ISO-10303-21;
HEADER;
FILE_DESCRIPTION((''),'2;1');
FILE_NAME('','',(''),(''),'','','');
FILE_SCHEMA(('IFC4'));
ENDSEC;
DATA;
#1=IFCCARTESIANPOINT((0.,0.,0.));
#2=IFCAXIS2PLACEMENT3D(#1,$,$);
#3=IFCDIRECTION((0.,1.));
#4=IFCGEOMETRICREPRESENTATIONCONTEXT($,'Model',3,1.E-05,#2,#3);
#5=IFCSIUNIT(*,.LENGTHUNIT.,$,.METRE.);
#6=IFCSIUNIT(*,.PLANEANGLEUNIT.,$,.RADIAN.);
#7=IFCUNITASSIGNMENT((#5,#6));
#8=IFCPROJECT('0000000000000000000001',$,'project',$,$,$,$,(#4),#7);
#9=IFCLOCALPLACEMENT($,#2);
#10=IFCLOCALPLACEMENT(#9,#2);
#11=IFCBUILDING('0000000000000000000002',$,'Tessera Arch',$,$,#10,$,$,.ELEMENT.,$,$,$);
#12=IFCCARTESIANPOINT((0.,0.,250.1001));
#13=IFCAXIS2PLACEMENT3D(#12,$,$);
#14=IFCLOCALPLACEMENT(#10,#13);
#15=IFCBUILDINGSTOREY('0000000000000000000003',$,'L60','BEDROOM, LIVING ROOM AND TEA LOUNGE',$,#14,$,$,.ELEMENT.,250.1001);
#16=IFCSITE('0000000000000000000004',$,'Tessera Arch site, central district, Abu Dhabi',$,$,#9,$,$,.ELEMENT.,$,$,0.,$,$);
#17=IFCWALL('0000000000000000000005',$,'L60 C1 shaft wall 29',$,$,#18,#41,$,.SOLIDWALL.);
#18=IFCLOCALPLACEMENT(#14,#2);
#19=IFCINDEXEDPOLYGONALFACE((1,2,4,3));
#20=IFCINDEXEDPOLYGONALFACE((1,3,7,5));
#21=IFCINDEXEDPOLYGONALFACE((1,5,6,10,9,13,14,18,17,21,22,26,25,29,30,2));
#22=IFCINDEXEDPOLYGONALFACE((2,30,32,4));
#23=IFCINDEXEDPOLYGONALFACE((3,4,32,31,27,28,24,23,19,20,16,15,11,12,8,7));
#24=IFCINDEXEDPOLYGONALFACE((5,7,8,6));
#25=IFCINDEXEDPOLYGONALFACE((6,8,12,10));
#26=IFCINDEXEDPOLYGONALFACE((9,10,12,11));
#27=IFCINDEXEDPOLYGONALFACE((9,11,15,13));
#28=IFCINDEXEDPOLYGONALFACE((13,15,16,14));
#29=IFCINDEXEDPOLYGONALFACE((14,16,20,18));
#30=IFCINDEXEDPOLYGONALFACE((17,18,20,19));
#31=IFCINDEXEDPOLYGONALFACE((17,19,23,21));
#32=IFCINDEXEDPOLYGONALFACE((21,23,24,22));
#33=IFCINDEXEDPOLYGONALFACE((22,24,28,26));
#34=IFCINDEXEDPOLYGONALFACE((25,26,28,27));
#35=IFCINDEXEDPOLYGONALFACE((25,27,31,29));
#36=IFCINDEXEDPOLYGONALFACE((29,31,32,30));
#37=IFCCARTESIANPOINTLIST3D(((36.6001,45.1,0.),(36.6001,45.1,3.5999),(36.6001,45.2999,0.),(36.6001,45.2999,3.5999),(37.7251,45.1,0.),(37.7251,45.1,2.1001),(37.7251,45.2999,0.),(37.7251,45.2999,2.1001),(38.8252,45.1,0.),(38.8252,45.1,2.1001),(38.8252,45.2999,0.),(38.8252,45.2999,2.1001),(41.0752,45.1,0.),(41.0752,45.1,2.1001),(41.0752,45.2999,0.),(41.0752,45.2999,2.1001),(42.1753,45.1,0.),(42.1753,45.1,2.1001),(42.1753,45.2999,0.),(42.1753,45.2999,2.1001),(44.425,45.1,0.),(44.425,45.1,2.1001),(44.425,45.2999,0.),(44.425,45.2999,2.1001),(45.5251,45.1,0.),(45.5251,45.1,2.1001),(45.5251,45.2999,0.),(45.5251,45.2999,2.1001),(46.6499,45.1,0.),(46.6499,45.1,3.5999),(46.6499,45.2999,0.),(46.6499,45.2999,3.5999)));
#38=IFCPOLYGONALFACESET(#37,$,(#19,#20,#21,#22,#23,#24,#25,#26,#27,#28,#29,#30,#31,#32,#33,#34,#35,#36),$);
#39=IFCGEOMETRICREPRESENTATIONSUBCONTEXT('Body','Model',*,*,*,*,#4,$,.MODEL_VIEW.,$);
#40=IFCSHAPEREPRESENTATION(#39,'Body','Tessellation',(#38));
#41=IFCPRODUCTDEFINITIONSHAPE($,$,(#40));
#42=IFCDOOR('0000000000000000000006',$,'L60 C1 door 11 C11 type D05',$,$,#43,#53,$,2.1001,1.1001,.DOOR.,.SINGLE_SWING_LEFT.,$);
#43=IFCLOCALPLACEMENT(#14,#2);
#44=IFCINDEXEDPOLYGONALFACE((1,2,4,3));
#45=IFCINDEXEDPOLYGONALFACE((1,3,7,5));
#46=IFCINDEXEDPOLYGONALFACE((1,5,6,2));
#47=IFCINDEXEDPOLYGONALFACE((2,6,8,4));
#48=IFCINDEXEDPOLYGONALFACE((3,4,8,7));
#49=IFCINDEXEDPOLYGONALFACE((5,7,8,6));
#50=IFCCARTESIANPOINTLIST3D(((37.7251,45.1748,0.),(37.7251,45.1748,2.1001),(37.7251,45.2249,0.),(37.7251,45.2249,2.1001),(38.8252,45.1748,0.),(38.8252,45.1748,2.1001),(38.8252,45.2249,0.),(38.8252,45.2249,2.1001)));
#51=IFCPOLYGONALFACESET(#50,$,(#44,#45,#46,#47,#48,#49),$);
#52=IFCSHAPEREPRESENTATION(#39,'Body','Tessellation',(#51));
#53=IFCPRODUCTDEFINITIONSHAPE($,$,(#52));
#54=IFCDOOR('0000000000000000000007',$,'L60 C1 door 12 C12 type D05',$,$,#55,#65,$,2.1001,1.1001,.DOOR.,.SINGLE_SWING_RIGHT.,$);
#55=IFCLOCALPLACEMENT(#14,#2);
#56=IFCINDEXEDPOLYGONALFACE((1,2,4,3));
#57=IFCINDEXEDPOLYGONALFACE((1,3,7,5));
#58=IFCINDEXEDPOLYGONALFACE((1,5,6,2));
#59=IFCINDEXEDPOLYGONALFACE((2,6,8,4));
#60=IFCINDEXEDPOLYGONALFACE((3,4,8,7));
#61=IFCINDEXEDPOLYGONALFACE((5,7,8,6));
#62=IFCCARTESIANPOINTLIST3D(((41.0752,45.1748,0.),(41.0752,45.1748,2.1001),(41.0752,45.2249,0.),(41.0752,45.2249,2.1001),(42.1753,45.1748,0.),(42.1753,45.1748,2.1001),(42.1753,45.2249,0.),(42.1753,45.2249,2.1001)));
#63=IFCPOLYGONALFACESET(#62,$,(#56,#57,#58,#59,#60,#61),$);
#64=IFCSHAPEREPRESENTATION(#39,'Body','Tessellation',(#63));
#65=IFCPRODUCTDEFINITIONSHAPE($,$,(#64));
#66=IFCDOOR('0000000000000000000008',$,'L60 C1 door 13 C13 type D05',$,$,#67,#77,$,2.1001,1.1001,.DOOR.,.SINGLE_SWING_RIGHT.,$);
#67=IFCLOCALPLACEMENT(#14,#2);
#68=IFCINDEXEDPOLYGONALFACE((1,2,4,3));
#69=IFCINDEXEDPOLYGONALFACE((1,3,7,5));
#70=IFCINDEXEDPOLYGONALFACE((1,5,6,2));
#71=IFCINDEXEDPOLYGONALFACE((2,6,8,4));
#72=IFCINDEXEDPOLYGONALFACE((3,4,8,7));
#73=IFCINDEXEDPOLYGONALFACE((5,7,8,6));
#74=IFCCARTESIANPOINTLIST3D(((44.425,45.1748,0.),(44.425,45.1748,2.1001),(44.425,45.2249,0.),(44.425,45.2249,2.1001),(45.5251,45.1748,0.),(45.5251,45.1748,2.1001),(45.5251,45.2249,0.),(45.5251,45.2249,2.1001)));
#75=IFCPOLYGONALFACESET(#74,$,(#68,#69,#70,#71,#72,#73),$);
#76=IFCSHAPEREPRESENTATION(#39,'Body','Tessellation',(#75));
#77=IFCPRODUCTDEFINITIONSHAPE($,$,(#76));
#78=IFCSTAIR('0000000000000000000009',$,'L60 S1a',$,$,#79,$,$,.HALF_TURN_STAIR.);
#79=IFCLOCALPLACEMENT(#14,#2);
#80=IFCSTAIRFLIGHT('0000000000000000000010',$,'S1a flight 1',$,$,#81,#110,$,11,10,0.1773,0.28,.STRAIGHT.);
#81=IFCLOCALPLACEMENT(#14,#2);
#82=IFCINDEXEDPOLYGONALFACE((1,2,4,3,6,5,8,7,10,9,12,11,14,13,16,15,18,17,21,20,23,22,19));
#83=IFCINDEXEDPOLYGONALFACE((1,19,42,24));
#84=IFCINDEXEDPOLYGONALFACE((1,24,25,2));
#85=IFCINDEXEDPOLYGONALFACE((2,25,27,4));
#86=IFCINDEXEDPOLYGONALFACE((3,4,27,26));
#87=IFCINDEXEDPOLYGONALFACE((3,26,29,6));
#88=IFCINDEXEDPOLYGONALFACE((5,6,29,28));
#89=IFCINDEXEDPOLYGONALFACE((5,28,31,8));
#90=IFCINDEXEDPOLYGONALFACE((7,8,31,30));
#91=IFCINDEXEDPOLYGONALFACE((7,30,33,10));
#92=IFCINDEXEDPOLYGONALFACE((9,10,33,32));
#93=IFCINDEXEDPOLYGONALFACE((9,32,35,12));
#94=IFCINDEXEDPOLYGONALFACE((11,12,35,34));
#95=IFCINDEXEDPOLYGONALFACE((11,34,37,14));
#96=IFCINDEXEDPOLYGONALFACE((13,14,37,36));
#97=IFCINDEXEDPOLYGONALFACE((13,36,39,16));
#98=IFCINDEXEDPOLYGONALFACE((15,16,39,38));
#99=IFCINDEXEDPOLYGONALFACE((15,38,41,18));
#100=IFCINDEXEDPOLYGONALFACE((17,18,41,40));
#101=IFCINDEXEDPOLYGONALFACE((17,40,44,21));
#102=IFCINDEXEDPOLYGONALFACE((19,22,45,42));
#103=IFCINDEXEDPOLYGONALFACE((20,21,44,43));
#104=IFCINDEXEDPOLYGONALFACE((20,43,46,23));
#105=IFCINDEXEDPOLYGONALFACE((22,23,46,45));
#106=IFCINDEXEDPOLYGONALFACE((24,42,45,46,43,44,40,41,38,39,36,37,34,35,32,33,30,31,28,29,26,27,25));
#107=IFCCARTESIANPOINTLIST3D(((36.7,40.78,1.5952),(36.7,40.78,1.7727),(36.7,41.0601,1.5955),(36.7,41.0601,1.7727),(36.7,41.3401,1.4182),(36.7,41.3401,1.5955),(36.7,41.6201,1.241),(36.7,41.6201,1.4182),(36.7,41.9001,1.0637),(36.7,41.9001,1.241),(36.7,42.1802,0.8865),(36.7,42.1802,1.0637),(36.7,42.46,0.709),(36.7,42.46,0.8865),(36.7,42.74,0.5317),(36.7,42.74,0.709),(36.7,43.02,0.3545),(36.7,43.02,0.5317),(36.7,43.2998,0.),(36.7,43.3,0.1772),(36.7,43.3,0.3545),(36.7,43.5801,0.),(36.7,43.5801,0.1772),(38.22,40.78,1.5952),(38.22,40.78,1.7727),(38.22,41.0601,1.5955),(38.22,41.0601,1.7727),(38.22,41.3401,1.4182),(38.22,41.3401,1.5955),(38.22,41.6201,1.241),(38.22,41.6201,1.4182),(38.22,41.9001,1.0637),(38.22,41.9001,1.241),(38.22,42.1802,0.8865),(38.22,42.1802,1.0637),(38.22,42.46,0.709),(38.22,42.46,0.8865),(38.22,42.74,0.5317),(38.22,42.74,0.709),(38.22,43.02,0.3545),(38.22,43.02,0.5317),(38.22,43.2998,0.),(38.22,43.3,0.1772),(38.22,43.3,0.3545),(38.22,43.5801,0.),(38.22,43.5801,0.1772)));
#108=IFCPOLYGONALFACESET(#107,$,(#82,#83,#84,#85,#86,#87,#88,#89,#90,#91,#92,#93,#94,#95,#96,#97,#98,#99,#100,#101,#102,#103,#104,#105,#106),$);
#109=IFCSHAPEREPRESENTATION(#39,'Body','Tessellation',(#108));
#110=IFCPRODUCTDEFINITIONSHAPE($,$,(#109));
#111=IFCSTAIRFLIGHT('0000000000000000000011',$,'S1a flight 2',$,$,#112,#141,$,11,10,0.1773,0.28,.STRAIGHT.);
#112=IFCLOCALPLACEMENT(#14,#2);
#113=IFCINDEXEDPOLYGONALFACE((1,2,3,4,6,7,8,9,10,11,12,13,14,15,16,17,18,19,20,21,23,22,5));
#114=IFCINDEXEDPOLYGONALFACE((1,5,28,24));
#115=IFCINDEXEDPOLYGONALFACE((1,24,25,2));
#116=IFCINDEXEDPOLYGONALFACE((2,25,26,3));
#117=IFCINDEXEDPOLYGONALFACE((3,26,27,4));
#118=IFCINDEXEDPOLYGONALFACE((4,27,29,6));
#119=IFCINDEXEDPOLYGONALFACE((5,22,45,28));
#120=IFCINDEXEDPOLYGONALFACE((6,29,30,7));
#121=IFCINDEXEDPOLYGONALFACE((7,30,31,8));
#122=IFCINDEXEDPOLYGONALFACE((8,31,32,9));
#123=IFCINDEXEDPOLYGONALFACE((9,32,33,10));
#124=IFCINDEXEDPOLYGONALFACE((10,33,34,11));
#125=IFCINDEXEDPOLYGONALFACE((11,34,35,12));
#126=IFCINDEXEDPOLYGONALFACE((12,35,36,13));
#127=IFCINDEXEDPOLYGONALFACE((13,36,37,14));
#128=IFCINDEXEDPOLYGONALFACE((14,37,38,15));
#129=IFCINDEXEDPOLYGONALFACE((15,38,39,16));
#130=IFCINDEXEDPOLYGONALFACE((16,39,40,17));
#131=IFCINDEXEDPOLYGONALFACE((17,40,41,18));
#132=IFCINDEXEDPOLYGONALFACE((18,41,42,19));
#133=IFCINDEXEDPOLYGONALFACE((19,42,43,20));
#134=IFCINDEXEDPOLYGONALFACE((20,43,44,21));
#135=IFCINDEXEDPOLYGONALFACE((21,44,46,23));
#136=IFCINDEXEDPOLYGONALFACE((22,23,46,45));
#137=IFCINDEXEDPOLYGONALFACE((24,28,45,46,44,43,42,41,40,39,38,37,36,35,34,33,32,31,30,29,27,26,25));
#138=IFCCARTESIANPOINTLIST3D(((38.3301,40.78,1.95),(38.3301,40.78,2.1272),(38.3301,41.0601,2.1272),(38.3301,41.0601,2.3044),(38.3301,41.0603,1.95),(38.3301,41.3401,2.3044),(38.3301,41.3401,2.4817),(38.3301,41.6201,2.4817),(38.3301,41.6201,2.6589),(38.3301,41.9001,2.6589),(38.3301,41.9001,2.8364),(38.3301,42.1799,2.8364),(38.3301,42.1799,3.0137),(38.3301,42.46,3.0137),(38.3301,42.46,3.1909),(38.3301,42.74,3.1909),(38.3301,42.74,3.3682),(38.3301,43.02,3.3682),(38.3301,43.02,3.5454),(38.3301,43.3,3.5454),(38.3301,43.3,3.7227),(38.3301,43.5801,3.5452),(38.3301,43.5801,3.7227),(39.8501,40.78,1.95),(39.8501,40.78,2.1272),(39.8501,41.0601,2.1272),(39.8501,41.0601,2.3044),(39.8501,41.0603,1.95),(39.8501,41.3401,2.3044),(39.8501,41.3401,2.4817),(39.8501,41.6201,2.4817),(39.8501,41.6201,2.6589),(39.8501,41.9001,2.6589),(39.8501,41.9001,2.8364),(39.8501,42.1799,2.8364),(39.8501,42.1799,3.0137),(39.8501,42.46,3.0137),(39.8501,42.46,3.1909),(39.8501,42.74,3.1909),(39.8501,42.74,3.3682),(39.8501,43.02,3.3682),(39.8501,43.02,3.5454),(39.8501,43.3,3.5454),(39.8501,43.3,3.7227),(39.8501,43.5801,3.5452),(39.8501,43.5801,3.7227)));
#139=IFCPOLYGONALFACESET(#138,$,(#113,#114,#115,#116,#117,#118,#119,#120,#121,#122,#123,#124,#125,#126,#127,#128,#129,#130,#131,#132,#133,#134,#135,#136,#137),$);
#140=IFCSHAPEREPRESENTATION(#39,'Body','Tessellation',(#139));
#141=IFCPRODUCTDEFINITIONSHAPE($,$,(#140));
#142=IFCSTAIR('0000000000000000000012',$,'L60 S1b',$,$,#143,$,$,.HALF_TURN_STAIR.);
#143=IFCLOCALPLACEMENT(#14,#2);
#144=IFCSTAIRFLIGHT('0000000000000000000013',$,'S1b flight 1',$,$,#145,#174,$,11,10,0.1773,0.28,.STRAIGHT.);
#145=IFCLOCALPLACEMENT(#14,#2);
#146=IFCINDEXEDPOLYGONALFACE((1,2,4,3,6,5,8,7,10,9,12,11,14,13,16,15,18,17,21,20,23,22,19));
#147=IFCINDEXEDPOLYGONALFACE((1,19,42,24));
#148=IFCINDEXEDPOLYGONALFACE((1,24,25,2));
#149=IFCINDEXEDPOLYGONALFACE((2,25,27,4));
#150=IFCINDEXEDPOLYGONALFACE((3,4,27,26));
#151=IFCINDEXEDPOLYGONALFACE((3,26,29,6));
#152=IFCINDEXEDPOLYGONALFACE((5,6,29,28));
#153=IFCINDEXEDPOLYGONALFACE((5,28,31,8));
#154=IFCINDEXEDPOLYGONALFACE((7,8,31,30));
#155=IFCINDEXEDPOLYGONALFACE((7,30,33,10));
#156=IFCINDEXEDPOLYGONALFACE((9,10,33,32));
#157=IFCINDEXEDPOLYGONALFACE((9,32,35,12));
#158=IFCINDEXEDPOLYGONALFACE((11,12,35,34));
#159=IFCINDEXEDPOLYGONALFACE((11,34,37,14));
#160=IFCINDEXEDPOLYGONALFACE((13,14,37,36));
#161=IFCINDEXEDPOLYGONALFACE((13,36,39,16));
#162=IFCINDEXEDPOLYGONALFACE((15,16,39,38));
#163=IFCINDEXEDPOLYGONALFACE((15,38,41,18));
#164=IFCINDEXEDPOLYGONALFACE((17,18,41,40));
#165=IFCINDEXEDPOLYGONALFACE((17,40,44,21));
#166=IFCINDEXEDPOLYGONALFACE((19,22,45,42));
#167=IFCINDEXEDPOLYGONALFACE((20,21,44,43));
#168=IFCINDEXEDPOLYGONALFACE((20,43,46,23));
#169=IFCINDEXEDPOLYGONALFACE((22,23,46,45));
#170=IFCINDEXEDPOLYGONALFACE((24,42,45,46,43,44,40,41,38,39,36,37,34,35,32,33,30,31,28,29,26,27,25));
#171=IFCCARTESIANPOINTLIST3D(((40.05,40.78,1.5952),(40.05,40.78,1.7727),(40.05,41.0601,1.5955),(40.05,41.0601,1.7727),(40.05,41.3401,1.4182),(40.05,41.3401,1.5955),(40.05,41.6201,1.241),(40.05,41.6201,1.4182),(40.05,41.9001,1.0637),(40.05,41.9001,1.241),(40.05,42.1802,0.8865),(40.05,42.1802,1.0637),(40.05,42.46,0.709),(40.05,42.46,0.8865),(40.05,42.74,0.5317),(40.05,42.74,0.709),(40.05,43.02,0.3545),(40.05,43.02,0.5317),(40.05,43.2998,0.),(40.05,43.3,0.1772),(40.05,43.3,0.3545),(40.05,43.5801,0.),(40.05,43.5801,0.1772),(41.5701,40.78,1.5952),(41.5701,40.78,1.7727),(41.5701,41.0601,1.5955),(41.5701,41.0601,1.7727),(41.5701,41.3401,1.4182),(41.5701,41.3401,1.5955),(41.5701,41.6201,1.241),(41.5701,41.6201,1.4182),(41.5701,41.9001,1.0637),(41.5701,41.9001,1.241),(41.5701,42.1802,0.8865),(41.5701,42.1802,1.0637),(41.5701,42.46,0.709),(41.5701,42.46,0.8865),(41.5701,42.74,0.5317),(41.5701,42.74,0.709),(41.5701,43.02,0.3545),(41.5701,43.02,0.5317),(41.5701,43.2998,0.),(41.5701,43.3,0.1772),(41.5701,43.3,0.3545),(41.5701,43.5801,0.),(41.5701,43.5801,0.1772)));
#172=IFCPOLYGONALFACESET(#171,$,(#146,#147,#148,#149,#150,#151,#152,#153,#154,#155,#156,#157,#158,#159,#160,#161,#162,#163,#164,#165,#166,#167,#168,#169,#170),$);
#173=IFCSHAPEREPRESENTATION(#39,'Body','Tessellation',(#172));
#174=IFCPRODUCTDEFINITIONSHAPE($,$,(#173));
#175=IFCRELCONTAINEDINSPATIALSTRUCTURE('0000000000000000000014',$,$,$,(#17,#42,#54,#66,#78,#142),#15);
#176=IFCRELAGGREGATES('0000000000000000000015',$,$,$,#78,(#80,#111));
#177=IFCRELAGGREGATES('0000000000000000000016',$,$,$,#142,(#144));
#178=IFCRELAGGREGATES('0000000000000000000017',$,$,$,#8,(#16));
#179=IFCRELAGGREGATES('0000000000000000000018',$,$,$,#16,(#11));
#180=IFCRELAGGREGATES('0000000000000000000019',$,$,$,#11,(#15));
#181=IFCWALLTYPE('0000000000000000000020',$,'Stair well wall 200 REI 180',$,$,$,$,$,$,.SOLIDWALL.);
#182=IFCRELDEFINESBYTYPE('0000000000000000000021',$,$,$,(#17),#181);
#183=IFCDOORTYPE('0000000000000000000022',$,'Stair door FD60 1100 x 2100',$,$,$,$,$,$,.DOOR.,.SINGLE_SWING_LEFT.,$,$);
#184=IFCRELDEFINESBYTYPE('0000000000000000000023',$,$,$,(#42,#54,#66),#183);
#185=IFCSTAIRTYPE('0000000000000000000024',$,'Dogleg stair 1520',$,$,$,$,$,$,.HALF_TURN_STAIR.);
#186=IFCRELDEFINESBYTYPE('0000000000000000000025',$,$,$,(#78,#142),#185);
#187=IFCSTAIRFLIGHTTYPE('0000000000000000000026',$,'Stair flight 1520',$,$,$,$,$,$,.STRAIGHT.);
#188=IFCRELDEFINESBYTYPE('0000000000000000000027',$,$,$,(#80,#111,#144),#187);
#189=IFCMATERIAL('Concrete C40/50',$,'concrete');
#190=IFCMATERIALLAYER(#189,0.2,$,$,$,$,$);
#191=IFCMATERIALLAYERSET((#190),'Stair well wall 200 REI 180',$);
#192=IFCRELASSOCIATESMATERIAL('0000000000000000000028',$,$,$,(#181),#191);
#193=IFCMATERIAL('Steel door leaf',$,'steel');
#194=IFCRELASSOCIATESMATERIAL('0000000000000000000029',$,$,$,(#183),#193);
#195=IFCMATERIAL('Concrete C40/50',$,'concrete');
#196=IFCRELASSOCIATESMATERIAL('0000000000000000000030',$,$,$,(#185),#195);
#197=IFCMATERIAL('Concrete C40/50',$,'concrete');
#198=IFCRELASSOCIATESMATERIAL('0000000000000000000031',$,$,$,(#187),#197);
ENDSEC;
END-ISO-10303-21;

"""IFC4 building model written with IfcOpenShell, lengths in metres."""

from ifc_helpers import new_model, si_unit, direction, frame, frame_2d, origin, place, context, subcontext, project, spatial, polyline, rectangle, outline, extrude, material, layer, layer_set, type_object, element, fill, aggregate, save


model = new_model("IFC4")

# Units and contexts
model_context = context("Model", 3, precision=1e-05, world=origin(), true_north=direction((0.0, 1.0)))
body_context = subcontext(model_context, "Body", "Model", "MODEL_VIEW")
ifc_project = project(units=[si_unit("LENGTHUNIT", "METRE"), si_unit("PLANEANGLEUNIT", "RADIAN")], contexts=[model_context])

# Site, building, storey
site_placement = place(None, origin())
site = spatial("IfcSite", under=ifc_project, at=site_placement, Name="Tessera Arch site, central district, Abu Dhabi", CompositionType="ELEMENT", RefElevation=0.0)
building_placement = place(site_placement, origin())
building = spatial("IfcBuilding", under=site, at=building_placement, Name="Tessera Arch", CompositionType="ELEMENT")
storey_placement = place(building_placement, frame((0.0, 0.0, 250.1001)))
storey = spatial("IfcBuildingStorey", under=building, at=storey_placement, Name="L60", Description="BEDROOM, LIVING ROOM AND TEA LOUNGE", CompositionType="ELEMENT", Elevation=250.1001)

# Shared definitions
ifc_material_1 = material(Name="Concrete C40/50", Category="concrete")
ifc_layer_1 = layer(ifc_material_1, 0.2)
ifc_layer_set_1 = layer_set([ifc_layer_1], Name="Stair well wall 200 REI 180")
wall_type_1 = type_object("IfcWallType", Name="Stair well wall 200 REI 180", PredefinedType="SOLIDWALL", material=ifc_layer_set_1)

# Wall, openings, doors
wall_1_placement = place(storey_placement, frame((36.6001, 45.2, 0.0), z_axis=(0.0, 0.0, 1.0), x_axis=(1.0, 0.0, 0.0)))
wall_1 = element("IfcWall", 1, at=wall_1_placement, inside=storey, type_object=wall_type_1, Name="L60 C1 shaft wall 29", PredefinedType="SOLIDWALL", context=body_context, shape_type="SweptSolid", body=[
    extrude(rectangle(XDim=10.0498, YDim=0.2, at=frame_2d((5.0249, 0.0))), origin(), (0.0, 0.0, 1.0), 3.5999),
])
opening_1_placement = place(wall_1_placement, frame((1.125, 0.0, 0.0)))
opening_1 = element("IfcOpeningElement", 2, at=opening_1_placement, cuts=wall_1, PredefinedType="OPENING", context=body_context, shape_type="SweptSolid", body=[
    extrude(rectangle(XDim=1.1001, YDim=2.1001, at=frame_2d((0.55, 1.05))), frame((0.0, 0.1099, 0.0), z_axis=(0.0, -1.0, 0.0), x_axis=(1.0, 0.0, 0.0)), (0.0, 0.0, 1.0), 0.22),
])
opening_2_placement = place(wall_1_placement, frame((4.4751, 0.0, 0.0)))
opening_2 = element("IfcOpeningElement", 3, at=opening_2_placement, cuts=wall_1, PredefinedType="OPENING", context=body_context, shape_type="SweptSolid", body=[
    extrude(rectangle(XDim=1.1001, YDim=2.1001, at=frame_2d((0.55, 1.05))), frame((0.0, 0.1099, 0.0), z_axis=(0.0, -1.0, 0.0), x_axis=(1.0, 0.0, 0.0)), (0.0, 0.0, 1.0), 0.22),
])
opening_3_placement = place(wall_1_placement, frame((7.825, 0.0, 0.0)))
opening_3 = element("IfcOpeningElement", 4, at=opening_3_placement, cuts=wall_1, PredefinedType="OPENING", context=body_context, shape_type="SweptSolid", body=[
    extrude(rectangle(XDim=1.1001, YDim=2.1001, at=frame_2d((0.55, 1.05))), frame((0.0, 0.1099, 0.0), z_axis=(0.0, -1.0, 0.0), x_axis=(1.0, 0.0, 0.0)), (0.0, 0.0, 1.0), 0.22),
])
ifc_material_2 = material(Name="Steel door leaf", Category="steel")
door_type_1 = type_object("IfcDoorType", Name="Stair door FD60 1100 x 2100", OperationType="SINGLE_SWING_LEFT", PredefinedType="DOOR", material=ifc_material_2)
door_1_placement = place(opening_1_placement, origin())
door_1 = element("IfcDoor", 5, at=door_1_placement, inside=storey, type_object=door_type_1, Name="L60 C1 door 11 C11 type D05", OperationType="SINGLE_SWING_LEFT", OverallHeight=2.1001, OverallWidth=1.1001, PredefinedType="DOOR", context=body_context, shape_type="SweptSolid", body=[
    extrude(rectangle(XDim=1.1001, YDim=2.1001, at=frame_2d((0.55, 1.05))), frame((0.0, 0.0249, 0.0), z_axis=(0.0, -1.0, 0.0), x_axis=(1.0, 0.0, 0.0)), (0.0, 0.0, 1.0), 0.05),
])
fill(opening_1, door_1)
door_2_placement = place(opening_2_placement, origin())
door_2 = element("IfcDoor", 6, at=door_2_placement, inside=storey, type_object=door_type_1, Name="L60 C1 door 12 C12 type D05", OperationType="SINGLE_SWING_RIGHT", OverallHeight=2.1001, OverallWidth=1.1001, PredefinedType="DOOR", context=body_context, shape_type="SweptSolid", body=[
    extrude(rectangle(XDim=1.1001, YDim=2.1001, at=frame_2d((0.55, 1.05))), frame((0.0, 0.0249, 0.0), z_axis=(0.0, -1.0, 0.0), x_axis=(1.0, 0.0, 0.0)), (0.0, 0.0, 1.0), 0.05),
])
fill(opening_2, door_2)
door_3_placement = place(opening_3_placement, origin())
door_3 = element("IfcDoor", 7, at=door_3_placement, inside=storey, type_object=door_type_1, Name="L60 C1 door 13 C13 type D05", OperationType="SINGLE_SWING_RIGHT", OverallHeight=2.1001, OverallWidth=1.1001, PredefinedType="DOOR", context=body_context, shape_type="SweptSolid", body=[
    extrude(rectangle(XDim=1.1001, YDim=2.1001, at=frame_2d((0.55, 1.05))), frame((0.0, 0.0249, 0.0), z_axis=(0.0, -1.0, 0.0), x_axis=(1.0, 0.0, 0.0)), (0.0, 0.0, 1.0), 0.05),
])
fill(opening_3, door_3)

# Stairs, stair flights
ifc_material_3 = material(Name="Concrete C40/50", Category="concrete")
stair_type = type_object("IfcStairType", Name="Dogleg stair 1520", PredefinedType="HALF_TURN_STAIR", material=ifc_material_3)
stair_1_placement = place(storey_placement, origin())
stair_1 = element("IfcStair", 8, at=stair_1_placement, inside=storey, type_object=stair_type, Name="L60 S1a", PredefinedType="HALF_TURN_STAIR")
ifc_material_4 = material(Name="Concrete C40/50", Category="concrete")
stair_flight_type = type_object("IfcStairFlightType", Name="Stair flight 1520", PredefinedType="STRAIGHT", material=ifc_material_4)
stair_flight_1_placement = place(storey_placement, frame((37.46, 43.5801, 0.0), z_axis=(0.0, 0.0, 1.0), x_axis=(0.0, -1.0, 0.0)))
stair_flight_1 = element("IfcStairFlight", 9, at=stair_flight_1_placement, type_object=stair_flight_type, Name="S1a flight 1", NumberOfRisers=11, NumberOfTreads=10, PredefinedType="STRAIGHT", RiserHeight=0.1773, TreadLength=0.28, context=body_context, shape_type="SweptSolid", body=[
    extrude(outline(polyline([(0.0, 0.0), (0.0, 0.1772), (0.28, 0.1772), (0.28, 0.3545), (0.5601, 0.3545), (0.5601, 0.5317), (0.8401, 0.5317), (0.8401, 0.709), (1.1201, 0.709), (1.1201, 0.8865), (1.3999, 0.8865), (1.3999, 1.0637), (1.6799, 1.0637), (1.6799, 1.241), (1.96, 1.241), (1.96, 1.4182), (2.24, 1.4182), (2.24, 1.5955), (2.52, 1.5955), (2.52, 1.7727), (2.8, 1.7727), (2.8, 1.95), (2.8, 1.5952), (0.2803, 0.0), (0.0, 0.0)])), frame((0.0, 0.76, 0.0), z_axis=(0.0, -1.0, 0.0), x_axis=(1.0, 0.0, 0.0)), (0.0, 0.0, 1.0), 1.52),
])
stair_flight_2_placement = place(storey_placement, frame((39.0901, 40.78, 1.95), z_axis=(0.0, 0.0, 1.0), x_axis=(0.0, 1.0, 0.0)))
stair_flight_2 = element("IfcStairFlight", 10, at=stair_flight_2_placement, type_object=stair_flight_type, Name="S1a flight 2", NumberOfRisers=11, NumberOfTreads=10, PredefinedType="STRAIGHT", RiserHeight=0.1773, TreadLength=0.28, context=body_context, shape_type="SweptSolid", body=[
    extrude(outline(polyline([(0.0, 0.0), (0.0, 0.1772), (0.28, 0.1772), (0.28, 0.3545), (0.5601, 0.3545), (0.5601, 0.5317), (0.8401, 0.5317), (0.8401, 0.709), (1.1201, 0.709), (1.1201, 0.8865), (1.3999, 0.8865), (1.3999, 1.0637), (1.6799, 1.0637), (1.6799, 1.241), (1.96, 1.241), (1.96, 1.4182), (2.24, 1.4182), (2.24, 1.5955), (2.52, 1.5955), (2.52, 1.7727), (2.8, 1.7727), (2.8, 1.95), (2.8, 1.5952), (0.2803, 0.0), (0.0, 0.0)])), frame((0.0, 0.76, 0.0), z_axis=(0.0, -1.0, 0.0), x_axis=(1.0, 0.0, 0.0)), (0.0, 0.0, 1.0), 1.52),
])
aggregate(stair_1, [stair_flight_1, stair_flight_2])
stair_2_placement = place(storey_placement, origin())
stair_2 = element("IfcStair", 11, at=stair_2_placement, inside=storey, type_object=stair_type, Name="L60 S1b", PredefinedType="HALF_TURN_STAIR")
stair_flight_3_placement = place(storey_placement, frame((40.8101, 43.5801, 0.0), z_axis=(0.0, 0.0, 1.0), x_axis=(0.0, -1.0, 0.0)))
stair_flight_3 = element("IfcStairFlight", 12, at=stair_flight_3_placement, type_object=stair_flight_type, Name="S1b flight 1", NumberOfRisers=11, NumberOfTreads=10, PredefinedType="STRAIGHT", RiserHeight=0.1773, TreadLength=0.28, context=body_context, shape_type="SweptSolid", body=[
    extrude(outline(polyline([(0.0, 0.0), (0.0, 0.1772), (0.28, 0.1772), (0.28, 0.3545), (0.5601, 0.3545), (0.5601, 0.5317), (0.8401, 0.5317), (0.8401, 0.709), (1.1201, 0.709), (1.1201, 0.8865), (1.3999, 0.8865), (1.3999, 1.0637), (1.6799, 1.0637), (1.6799, 1.241), (1.96, 1.241), (1.96, 1.4182), (2.24, 1.4182), (2.24, 1.5955), (2.52, 1.5955), (2.52, 1.7727), (2.8, 1.7727), (2.8, 1.95), (2.8, 1.5952), (0.2803, 0.0), (0.0, 0.0)])), frame((0.0, 0.76, 0.0), z_axis=(0.0, -1.0, 0.0), x_axis=(1.0, 0.0, 0.0)), (0.0, 0.0, 1.0), 1.52),
])
aggregate(stair_2, [stair_flight_3])

save(model, "model.ifc")
